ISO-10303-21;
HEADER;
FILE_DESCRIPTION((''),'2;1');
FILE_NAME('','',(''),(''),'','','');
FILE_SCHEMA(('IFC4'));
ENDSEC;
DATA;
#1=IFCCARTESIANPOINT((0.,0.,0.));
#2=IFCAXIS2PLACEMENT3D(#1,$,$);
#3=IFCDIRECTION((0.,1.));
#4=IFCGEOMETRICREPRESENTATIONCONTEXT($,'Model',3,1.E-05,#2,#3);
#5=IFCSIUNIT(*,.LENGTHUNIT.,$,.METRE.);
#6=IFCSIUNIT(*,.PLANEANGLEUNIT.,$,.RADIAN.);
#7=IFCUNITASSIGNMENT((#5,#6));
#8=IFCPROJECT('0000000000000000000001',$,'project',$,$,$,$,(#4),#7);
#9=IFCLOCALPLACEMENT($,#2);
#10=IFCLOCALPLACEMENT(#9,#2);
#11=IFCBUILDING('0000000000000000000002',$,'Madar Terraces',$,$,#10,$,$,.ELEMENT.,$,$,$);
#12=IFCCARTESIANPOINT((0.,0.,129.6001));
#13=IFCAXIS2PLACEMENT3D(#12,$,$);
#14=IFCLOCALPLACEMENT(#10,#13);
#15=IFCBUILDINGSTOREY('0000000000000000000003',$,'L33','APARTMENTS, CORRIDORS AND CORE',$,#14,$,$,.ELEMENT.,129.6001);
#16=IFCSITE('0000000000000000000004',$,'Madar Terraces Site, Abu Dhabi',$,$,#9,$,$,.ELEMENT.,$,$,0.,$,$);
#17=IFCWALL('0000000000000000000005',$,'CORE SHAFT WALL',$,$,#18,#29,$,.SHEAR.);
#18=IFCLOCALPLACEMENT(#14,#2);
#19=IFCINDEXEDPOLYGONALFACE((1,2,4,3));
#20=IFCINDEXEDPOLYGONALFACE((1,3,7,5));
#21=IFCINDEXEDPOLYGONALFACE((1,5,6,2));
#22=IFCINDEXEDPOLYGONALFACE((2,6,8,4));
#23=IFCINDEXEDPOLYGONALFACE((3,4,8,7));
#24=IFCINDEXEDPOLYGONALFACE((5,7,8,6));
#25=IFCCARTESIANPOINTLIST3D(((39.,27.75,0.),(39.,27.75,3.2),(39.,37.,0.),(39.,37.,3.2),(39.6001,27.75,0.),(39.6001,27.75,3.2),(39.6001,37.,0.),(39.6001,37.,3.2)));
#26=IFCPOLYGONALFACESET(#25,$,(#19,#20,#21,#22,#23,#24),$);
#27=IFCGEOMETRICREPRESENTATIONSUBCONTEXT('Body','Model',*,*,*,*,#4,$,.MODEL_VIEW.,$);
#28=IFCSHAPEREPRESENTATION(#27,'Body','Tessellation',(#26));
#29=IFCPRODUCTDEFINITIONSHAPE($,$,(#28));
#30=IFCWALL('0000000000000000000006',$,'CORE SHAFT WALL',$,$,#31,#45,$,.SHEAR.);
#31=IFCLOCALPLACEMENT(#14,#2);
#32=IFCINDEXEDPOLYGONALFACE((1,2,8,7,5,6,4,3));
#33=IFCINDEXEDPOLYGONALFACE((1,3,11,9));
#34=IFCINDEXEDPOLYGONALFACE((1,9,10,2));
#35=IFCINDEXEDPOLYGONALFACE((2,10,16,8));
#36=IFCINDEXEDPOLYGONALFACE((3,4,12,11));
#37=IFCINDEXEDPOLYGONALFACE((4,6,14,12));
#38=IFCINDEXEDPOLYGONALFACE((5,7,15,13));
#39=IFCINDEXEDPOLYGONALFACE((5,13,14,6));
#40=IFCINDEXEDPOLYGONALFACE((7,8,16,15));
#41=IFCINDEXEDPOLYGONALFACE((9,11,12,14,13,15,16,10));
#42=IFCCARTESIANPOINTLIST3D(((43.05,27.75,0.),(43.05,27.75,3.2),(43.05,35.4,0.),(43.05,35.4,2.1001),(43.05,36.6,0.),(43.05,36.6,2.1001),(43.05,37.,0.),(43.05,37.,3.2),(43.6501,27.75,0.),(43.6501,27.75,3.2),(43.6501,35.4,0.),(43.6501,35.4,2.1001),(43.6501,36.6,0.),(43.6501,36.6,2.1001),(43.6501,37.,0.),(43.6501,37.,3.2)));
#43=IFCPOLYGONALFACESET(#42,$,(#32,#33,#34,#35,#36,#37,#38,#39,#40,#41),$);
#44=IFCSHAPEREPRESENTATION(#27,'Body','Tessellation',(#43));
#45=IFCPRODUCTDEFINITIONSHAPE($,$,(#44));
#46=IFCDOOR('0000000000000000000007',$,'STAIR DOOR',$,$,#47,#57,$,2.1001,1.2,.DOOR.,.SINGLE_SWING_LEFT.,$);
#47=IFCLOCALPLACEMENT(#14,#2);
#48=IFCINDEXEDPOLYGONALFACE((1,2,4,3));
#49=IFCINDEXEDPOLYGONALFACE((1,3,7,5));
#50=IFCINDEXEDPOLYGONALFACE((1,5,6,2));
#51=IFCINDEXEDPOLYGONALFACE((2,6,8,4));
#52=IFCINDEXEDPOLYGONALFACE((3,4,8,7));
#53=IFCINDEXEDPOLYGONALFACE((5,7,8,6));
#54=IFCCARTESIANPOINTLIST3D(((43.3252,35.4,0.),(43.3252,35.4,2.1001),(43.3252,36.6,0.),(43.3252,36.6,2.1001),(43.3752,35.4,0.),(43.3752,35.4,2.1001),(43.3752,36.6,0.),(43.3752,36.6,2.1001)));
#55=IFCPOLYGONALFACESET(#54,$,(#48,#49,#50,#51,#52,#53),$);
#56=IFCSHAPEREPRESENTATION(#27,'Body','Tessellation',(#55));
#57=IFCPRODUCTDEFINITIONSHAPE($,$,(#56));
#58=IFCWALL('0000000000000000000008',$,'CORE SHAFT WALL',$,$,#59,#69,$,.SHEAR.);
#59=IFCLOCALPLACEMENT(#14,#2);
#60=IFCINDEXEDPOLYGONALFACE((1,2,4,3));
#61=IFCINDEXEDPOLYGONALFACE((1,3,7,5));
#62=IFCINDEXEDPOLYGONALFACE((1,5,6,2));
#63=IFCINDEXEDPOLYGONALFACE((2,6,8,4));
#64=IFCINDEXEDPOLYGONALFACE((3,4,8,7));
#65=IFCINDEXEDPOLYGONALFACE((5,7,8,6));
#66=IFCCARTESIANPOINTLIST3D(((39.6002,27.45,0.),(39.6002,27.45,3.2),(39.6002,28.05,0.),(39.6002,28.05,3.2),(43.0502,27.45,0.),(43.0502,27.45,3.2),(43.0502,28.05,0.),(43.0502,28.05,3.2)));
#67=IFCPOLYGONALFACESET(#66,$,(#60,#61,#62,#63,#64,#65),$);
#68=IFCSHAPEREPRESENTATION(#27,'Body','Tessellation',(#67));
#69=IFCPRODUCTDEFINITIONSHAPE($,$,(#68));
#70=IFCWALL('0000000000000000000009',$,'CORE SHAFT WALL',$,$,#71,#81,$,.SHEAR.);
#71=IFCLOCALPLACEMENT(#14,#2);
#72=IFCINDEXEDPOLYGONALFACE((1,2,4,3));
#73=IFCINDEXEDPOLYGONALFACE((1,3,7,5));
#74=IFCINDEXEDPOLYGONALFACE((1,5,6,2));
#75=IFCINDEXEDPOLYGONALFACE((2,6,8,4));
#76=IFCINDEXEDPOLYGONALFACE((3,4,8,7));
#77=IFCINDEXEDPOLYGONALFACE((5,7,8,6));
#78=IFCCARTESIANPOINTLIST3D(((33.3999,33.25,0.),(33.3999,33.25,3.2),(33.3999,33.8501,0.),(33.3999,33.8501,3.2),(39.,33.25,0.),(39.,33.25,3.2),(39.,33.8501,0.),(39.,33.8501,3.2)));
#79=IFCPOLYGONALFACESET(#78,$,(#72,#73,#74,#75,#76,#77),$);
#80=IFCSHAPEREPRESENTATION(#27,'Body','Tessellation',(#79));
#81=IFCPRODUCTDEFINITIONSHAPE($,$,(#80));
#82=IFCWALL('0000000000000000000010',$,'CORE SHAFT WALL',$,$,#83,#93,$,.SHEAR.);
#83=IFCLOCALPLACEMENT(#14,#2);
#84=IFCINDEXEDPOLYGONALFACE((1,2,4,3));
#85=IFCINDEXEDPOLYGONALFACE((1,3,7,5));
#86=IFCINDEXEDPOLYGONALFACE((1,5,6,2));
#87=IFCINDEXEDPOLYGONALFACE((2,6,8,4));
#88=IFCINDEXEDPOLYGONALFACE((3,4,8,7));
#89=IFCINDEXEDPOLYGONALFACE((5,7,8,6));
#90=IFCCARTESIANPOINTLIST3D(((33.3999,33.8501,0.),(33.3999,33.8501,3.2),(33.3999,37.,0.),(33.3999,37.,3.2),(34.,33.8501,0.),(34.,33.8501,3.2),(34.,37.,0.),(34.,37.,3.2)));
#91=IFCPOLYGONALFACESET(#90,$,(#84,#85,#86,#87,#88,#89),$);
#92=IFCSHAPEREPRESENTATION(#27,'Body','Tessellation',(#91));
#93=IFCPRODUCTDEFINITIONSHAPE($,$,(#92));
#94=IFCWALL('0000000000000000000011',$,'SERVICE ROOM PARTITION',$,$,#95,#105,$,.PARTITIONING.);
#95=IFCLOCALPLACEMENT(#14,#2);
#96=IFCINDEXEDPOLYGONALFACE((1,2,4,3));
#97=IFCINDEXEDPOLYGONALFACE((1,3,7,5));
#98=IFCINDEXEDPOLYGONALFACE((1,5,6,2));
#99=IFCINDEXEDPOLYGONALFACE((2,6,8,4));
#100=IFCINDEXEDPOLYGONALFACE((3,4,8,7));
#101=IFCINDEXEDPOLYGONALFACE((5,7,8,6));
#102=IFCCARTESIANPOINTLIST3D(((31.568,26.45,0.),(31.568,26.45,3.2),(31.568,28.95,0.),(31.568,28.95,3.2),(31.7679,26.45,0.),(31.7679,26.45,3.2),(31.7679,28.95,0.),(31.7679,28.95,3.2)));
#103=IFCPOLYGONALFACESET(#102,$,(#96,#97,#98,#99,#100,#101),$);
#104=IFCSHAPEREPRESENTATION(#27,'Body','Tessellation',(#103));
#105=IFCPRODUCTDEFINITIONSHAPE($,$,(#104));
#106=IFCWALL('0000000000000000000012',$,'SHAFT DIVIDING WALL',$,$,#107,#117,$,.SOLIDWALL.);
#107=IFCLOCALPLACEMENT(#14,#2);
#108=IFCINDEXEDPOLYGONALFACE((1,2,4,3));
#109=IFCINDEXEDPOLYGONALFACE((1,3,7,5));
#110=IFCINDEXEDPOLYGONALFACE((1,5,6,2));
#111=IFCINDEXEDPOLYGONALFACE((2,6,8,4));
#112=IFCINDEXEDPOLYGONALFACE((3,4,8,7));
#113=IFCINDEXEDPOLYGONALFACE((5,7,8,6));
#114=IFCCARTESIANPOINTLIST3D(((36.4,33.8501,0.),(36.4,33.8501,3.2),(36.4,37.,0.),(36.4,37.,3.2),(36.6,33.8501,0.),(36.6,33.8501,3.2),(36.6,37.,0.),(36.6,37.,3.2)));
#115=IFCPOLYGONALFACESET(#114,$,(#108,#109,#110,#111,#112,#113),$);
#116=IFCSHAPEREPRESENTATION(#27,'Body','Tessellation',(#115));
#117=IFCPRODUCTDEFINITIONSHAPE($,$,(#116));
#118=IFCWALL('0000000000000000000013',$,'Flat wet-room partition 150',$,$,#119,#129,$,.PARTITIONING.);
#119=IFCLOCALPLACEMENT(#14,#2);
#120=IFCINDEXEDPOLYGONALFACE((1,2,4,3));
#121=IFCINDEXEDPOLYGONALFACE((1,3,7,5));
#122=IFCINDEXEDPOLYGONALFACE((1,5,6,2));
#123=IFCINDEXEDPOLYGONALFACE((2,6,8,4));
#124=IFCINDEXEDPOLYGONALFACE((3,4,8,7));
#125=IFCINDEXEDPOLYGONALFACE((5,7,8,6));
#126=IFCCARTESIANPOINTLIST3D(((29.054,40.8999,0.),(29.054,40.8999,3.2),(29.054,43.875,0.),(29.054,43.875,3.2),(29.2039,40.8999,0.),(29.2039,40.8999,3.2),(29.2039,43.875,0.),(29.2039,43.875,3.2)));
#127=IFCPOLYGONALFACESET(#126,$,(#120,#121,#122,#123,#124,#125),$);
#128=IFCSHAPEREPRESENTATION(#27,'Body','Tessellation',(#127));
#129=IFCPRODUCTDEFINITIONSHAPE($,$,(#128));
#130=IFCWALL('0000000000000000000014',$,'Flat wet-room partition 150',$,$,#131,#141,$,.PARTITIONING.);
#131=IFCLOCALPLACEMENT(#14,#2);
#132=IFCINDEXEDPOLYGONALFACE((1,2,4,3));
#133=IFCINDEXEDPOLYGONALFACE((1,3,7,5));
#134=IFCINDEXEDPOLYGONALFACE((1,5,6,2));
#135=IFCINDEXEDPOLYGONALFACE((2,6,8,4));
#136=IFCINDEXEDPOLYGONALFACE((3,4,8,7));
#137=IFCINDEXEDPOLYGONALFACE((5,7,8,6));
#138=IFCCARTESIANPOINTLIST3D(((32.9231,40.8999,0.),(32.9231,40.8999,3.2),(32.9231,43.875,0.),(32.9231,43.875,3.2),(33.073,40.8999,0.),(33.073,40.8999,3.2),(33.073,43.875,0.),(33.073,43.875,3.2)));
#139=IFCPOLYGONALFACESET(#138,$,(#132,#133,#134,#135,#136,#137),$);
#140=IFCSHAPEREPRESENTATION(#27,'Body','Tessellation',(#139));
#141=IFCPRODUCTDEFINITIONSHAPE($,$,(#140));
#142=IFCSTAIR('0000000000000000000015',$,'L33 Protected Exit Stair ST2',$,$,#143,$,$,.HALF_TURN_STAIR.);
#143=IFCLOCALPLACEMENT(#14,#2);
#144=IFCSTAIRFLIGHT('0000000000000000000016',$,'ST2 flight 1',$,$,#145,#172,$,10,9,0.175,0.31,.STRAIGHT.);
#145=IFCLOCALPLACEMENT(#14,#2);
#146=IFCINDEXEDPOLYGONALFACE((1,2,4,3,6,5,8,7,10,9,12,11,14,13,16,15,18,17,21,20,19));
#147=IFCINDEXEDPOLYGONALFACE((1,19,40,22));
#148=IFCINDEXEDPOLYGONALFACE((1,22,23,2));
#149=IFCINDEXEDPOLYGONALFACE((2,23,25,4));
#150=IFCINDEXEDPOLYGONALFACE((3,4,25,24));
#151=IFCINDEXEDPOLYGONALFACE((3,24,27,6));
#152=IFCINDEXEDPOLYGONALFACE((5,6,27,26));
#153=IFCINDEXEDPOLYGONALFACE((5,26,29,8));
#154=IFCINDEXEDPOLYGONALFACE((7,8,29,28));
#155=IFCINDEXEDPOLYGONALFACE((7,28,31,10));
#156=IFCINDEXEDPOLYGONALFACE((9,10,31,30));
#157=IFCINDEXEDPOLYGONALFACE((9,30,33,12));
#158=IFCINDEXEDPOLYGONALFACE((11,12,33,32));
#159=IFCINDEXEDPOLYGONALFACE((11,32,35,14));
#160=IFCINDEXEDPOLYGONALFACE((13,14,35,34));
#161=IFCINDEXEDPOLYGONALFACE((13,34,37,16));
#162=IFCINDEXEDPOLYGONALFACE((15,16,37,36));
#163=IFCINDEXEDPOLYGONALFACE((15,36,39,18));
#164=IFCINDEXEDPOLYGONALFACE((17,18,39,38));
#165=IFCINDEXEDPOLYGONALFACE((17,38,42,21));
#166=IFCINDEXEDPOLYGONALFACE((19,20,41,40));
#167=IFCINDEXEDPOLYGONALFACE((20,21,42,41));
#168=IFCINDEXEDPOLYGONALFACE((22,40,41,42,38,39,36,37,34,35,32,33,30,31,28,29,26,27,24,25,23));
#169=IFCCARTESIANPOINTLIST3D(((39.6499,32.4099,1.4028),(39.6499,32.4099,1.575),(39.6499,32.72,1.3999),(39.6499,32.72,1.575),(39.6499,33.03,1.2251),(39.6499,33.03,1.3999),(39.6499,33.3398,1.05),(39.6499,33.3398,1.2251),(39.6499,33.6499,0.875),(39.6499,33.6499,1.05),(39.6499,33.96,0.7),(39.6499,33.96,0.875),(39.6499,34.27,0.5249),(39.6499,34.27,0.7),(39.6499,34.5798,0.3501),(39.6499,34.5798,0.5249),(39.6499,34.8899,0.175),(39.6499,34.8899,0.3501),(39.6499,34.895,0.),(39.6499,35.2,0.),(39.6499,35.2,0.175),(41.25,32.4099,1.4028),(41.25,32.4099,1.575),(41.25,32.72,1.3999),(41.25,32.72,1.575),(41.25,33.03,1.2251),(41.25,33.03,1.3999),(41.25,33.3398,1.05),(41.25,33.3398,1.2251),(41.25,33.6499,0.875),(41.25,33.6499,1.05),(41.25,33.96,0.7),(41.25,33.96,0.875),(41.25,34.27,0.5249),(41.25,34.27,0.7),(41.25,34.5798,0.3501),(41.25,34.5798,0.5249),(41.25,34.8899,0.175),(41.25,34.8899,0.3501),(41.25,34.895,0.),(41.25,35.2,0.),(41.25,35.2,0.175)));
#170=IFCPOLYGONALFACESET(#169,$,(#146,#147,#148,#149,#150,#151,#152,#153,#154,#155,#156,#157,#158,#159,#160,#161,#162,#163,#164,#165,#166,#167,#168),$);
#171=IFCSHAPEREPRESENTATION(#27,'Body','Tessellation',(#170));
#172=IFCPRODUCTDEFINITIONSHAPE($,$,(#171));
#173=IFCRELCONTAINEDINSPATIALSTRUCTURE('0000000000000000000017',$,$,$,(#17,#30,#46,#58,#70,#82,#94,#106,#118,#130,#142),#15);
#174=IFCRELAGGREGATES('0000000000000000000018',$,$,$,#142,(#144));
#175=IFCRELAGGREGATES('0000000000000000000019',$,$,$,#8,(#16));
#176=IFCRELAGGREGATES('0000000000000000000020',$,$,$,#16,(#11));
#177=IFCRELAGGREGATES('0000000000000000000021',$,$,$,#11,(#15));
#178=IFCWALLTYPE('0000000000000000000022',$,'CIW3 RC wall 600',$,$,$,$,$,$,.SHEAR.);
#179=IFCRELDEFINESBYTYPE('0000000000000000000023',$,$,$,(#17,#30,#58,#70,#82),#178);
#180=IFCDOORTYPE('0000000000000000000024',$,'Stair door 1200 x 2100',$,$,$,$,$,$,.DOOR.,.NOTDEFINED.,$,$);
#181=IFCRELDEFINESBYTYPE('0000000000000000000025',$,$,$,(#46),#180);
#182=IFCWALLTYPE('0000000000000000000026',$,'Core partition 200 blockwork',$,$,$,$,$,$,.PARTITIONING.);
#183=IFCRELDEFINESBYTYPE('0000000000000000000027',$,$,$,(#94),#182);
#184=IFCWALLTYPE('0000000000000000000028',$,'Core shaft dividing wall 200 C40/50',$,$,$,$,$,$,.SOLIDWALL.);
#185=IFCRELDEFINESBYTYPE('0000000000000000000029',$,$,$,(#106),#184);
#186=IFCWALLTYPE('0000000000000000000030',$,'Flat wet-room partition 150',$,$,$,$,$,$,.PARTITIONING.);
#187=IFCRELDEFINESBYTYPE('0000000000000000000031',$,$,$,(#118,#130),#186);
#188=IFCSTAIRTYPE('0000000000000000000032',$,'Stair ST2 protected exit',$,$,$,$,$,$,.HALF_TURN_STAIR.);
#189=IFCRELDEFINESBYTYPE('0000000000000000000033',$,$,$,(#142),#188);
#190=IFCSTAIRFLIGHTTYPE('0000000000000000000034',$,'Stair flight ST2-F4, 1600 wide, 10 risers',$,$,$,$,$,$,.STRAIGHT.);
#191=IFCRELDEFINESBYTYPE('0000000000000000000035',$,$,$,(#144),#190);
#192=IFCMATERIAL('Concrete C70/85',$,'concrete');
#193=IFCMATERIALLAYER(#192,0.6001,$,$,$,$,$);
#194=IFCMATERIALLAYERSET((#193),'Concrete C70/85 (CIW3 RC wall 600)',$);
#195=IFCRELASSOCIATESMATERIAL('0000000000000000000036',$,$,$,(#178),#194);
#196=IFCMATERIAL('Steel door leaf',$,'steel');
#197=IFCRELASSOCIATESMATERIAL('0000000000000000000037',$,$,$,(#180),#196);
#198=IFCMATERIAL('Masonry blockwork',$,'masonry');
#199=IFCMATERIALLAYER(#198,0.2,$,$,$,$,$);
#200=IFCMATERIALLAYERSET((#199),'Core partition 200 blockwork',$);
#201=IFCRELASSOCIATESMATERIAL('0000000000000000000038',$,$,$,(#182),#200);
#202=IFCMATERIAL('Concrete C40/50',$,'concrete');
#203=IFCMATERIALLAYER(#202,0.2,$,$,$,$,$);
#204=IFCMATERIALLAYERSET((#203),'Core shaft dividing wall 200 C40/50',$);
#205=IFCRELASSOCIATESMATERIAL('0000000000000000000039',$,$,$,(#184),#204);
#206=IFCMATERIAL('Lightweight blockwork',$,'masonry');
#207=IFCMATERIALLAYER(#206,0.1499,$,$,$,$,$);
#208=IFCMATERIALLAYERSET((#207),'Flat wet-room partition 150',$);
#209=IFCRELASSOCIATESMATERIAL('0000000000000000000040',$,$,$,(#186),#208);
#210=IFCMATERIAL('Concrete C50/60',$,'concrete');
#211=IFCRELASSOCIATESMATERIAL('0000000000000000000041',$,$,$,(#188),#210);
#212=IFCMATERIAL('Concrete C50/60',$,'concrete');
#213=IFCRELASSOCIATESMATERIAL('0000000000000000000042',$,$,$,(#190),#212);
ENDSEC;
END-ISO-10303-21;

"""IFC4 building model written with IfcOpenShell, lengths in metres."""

from ifc_helpers import new_model, si_unit, direction, frame, frame_2d, origin, place, context, subcontext, project, spatial, polyline, rectangle, outline, extrude, material, layer, layer_set, type_object, element, fill, aggregate, save


model = new_model("IFC4")

# Units and contexts
model_context = context("Model", 3, precision=1e-05, world=origin(), true_north=direction((0.0, 1.0)))
body_context = subcontext(model_context, "Body", "Model", "MODEL_VIEW")
ifc_project = project(units=[si_unit("LENGTHUNIT", "METRE"), si_unit("PLANEANGLEUNIT", "RADIAN")], contexts=[model_context])

# Site, building, storey
site_placement = place(None, origin())
site = spatial("IfcSite", under=ifc_project, at=site_placement, Name="Madar Terraces Site, Abu Dhabi", CompositionType="ELEMENT", RefElevation=0.0)
building_placement = place(site_placement, origin())
building = spatial("IfcBuilding", under=site, at=building_placement, Name="Madar Terraces", CompositionType="ELEMENT")
storey_placement = place(building_placement, frame((0.0, 0.0, 129.6001)))
storey = spatial("IfcBuildingStorey", under=building, at=storey_placement, Name="L33", Description="APARTMENTS, CORRIDORS AND CORE", CompositionType="ELEMENT", Elevation=129.6001)

# Wall
ifc_material_1 = material(Name="Concrete C70/85", Category="concrete")
ifc_layer_1 = layer(ifc_material_1, 0.6001)
ifc_layer_set_1 = layer_set([ifc_layer_1], Name="Concrete C70/85 (CIW3 RC wall 600)")
wall_type_1 = type_object("IfcWallType", Name="CIW3 RC wall 600", PredefinedType="SHEAR", material=ifc_layer_set_1)
wall_1_placement = place(storey_placement, frame((39.3, 27.75, 0.0), z_axis=(0.0, 0.0, 1.0), x_axis=(0.0, 1.0, 0.0)))
element("IfcWall", 1, at=wall_1_placement, inside=storey, type_object=wall_type_1, Name="CORE SHAFT WALL", PredefinedType="SHEAR", context=body_context, shape_type="SweptSolid", body=[
    extrude(rectangle(XDim=9.25, YDim=0.6001, at=frame_2d((4.625, 0.0))), origin(), (0.0, 0.0, 1.0), 3.2),
])

# Wall, opening, door
wall_2_placement = place(storey_placement, frame((43.3501, 27.75, 0.0), z_axis=(0.0, 0.0, 1.0), x_axis=(0.0, 1.0, 0.0)))
wall_2 = element("IfcWall", 2, at=wall_2_placement, inside=storey, type_object=wall_type_1, Name="CORE SHAFT WALL", PredefinedType="SHEAR", context=body_context, shape_type="SweptSolid", body=[
    extrude(rectangle(XDim=9.25, YDim=0.6001, at=frame_2d((4.625, 0.0))), origin(), (0.0, 0.0, 1.0), 3.2),
])
opening_placement = place(wall_2_placement, frame((7.6499, 0.0, 0.0)))
opening = element("IfcOpeningElement", 3, at=opening_placement, cuts=wall_2, PredefinedType="OPENING", context=body_context, shape_type="SweptSolid", body=[
    extrude(rectangle(XDim=1.2, YDim=2.1001, at=frame_2d((0.6001, 1.05))), frame((0.0, 0.3101, 0.0), z_axis=(0.0, -1.0, 0.0), x_axis=(1.0, 0.0, 0.0)), (0.0, 0.0, 1.0), 0.6201),
])
ifc_material_2 = material(Name="Steel door leaf", Category="steel")
door_type = type_object("IfcDoorType", Name="Stair door 1200 x 2100", OperationType="NOTDEFINED", PredefinedType="DOOR", material=ifc_material_2)
door_placement = place(opening_placement, origin())
door = element("IfcDoor", 4, at=door_placement, inside=storey, type_object=door_type, Name="STAIR DOOR", OperationType="SINGLE_SWING_LEFT", OverallHeight=2.1001, OverallWidth=1.2, PredefinedType="DOOR", context=body_context, shape_type="SweptSolid", body=[
    extrude(rectangle(XDim=1.2, YDim=2.1001, at=frame_2d((0.6001, 1.05))), frame((0.0, 0.0249, 0.0), z_axis=(0.0, -1.0, 0.0), x_axis=(1.0, 0.0, 0.0)), (0.0, 0.0, 1.0), 0.05),
])
fill(opening, door)

# Walls
wall_3_placement = place(storey_placement, frame((39.6001, 27.75, 0.0), z_axis=(0.0, 0.0, 1.0), x_axis=(1.0, 0.0, 0.0)))
element("IfcWall", 5, at=wall_3_placement, inside=storey, type_object=wall_type_1, Name="CORE SHAFT WALL", PredefinedType="SHEAR", context=body_context, shape_type="SweptSolid", body=[
    extrude(rectangle(XDim=3.45, YDim=0.6001, at=frame_2d((1.7251, 0.0))), origin(), (0.0, 0.0, 1.0), 3.2),
])
wall_4_placement = place(storey_placement, frame((33.3999, 33.55, 0.0), z_axis=(0.0, 0.0, 1.0), x_axis=(1.0, 0.0, 0.0)))
element("IfcWall", 6, at=wall_4_placement, inside=storey, type_object=wall_type_1, Name="CORE SHAFT WALL", PredefinedType="SHEAR", context=body_context, shape_type="SweptSolid", body=[
    extrude(rectangle(XDim=5.6001, YDim=0.6001, at=frame_2d((2.8, 0.0))), origin(), (0.0, 0.0, 1.0), 3.2),
])
wall_5_placement = place(storey_placement, frame((33.7, 33.8501, 0.0), z_axis=(0.0, 0.0, 1.0), x_axis=(0.0, 1.0, 0.0)))
element("IfcWall", 7, at=wall_5_placement, inside=storey, type_object=wall_type_1, Name="CORE SHAFT WALL", PredefinedType="SHEAR", context=body_context, shape_type="SweptSolid", body=[
    extrude(rectangle(XDim=3.1499, YDim=0.6001, at=frame_2d((1.575, 0.0))), origin(), (0.0, 0.0, 1.0), 3.2),
])
ifc_material_3 = material(Name="Masonry blockwork", Category="masonry")
ifc_layer_2 = layer(ifc_material_3, 0.2)
ifc_layer_set_2 = layer_set([ifc_layer_2], Name="Core partition 200 blockwork")
wall_type_2 = type_object("IfcWallType", Name="Core partition 200 blockwork", PredefinedType="PARTITIONING", material=ifc_layer_set_2)
wall_6_placement = place(storey_placement, frame((31.668, 26.45, 0.0), z_axis=(0.0, 0.0, 1.0), x_axis=(0.0, 1.0, 0.0)))
element("IfcWall", 8, at=wall_6_placement, inside=storey, type_object=wall_type_2, Name="SERVICE ROOM PARTITION", PredefinedType="PARTITIONING", context=body_context, shape_type="SweptSolid", body=[
    extrude(rectangle(XDim=2.5, YDim=0.2, at=frame_2d((1.25, 0.0))), origin(), (0.0, 0.0, 1.0), 3.2),
])
ifc_material_4 = material(Name="Concrete C40/50", Category="concrete")
ifc_layer_3 = layer(ifc_material_4, 0.2)
ifc_layer_set_3 = layer_set([ifc_layer_3], Name="Core shaft dividing wall 200 C40/50")
wall_type_3 = type_object("IfcWallType", Name="Core shaft dividing wall 200 C40/50", PredefinedType="SOLIDWALL", material=ifc_layer_set_3)
wall_7_placement = place(storey_placement, frame((36.5, 33.8501, 0.0), z_axis=(0.0, 0.0, 1.0), x_axis=(0.0, 1.0, 0.0)))
element("IfcWall", 9, at=wall_7_placement, inside=storey, type_object=wall_type_3, Name="SHAFT DIVIDING WALL", PredefinedType="SOLIDWALL", context=body_context, shape_type="SweptSolid", body=[
    extrude(rectangle(XDim=3.1499, YDim=0.2, at=frame_2d((1.575, 0.0))), origin(), (0.0, 0.0, 1.0), 3.2),
])
ifc_material_5 = material(Name="Lightweight blockwork", Category="masonry")
ifc_layer_4 = layer(ifc_material_5, 0.1499)
ifc_layer_set_4 = layer_set([ifc_layer_4], Name="Flat wet-room partition 150")
wall_type_4 = type_object("IfcWallType", Name="Flat wet-room partition 150", PredefinedType="PARTITIONING", material=ifc_layer_set_4)
for number, where, z_axis, x_axis, name in (
    (10, (29.1289, 40.8999, 0.0), (0.0, 0.0, 1.0), (0.0, 1.0, 0.0), "Flat wet-room partition 150"),
    (11, (32.998, 40.8999, 0.0), (0.0, 0.0, 1.0), (0.0, 1.0, 0.0), "Flat wet-room partition 150"),
):
    element("IfcWall", number, at=place(storey_placement, frame(where, z_axis=z_axis, x_axis=x_axis)), inside=storey, type_object=wall_type_4, Name=name, PredefinedType="PARTITIONING", context=body_context, shape_type="SweptSolid", body=[
        extrude(rectangle(XDim=2.9751, YDim=0.1499, at=frame_2d((1.4875, 0.0))), origin(), (0.0, 0.0, 1.0), 3.2),
    ])

# Stair, stair flight
ifc_material_6 = material(Name="Concrete C50/60", Category="concrete")
stair_type = type_object("IfcStairType", Name="Stair ST2 protected exit", PredefinedType="HALF_TURN_STAIR", material=ifc_material_6)
stair_placement = place(storey_placement, origin())
stair = element("IfcStair", 12, at=stair_placement, inside=storey, type_object=stair_type, Name="L33 Protected Exit Stair ST2", PredefinedType="HALF_TURN_STAIR")
ifc_material_7 = material(Name="Concrete C50/60", Category="concrete")
stair_flight_type = type_object("IfcStairFlightType", Name="Stair flight ST2-F4, 1600 wide, 10 risers", PredefinedType="STRAIGHT", material=ifc_material_7)
stair_flight_1_placement = place(storey_placement, frame((40.45, 35.2, 0.0), z_axis=(0.0, 0.0, 1.0), x_axis=(0.0, -1.0, 0.0)))
stair_flight_1 = element("IfcStairFlight", 13, at=stair_flight_1_placement, type_object=stair_flight_type, Name="ST2 flight 1", NumberOfRisers=10, NumberOfTreads=9, PredefinedType="STRAIGHT", RiserHeight=0.175, TreadLength=0.31, context=body_context, shape_type="SweptSolid", body=[
    extrude(outline(polyline([(0.0, 0.0), (0.0, 0.175), (0.3101, 0.175), (0.3101, 0.3501), (0.6201, 0.3501), (0.6201, 0.5249), (0.9299, 0.5249), (0.9299, 0.7), (1.24, 0.7), (1.24, 0.875), (1.55, 0.875), (1.55, 1.05), (1.8601, 1.05), (1.8601, 1.2251), (2.1699, 1.2251), (2.1699, 1.3999), (2.48, 1.3999), (2.48, 1.575), (2.79, 1.575), (2.79, 1.75), (2.79, 1.4028), (0.3049, 0.0), (0.0, 0.0)])), frame((0.0, 0.8, 0.0), z_axis=(0.0, -1.0, 0.0), x_axis=(1.0, 0.0, 0.0)), (0.0, 0.0, 1.0), 1.6001),
])
aggregate(stair, [stair_flight_1])

save(model, "model.ifc")
